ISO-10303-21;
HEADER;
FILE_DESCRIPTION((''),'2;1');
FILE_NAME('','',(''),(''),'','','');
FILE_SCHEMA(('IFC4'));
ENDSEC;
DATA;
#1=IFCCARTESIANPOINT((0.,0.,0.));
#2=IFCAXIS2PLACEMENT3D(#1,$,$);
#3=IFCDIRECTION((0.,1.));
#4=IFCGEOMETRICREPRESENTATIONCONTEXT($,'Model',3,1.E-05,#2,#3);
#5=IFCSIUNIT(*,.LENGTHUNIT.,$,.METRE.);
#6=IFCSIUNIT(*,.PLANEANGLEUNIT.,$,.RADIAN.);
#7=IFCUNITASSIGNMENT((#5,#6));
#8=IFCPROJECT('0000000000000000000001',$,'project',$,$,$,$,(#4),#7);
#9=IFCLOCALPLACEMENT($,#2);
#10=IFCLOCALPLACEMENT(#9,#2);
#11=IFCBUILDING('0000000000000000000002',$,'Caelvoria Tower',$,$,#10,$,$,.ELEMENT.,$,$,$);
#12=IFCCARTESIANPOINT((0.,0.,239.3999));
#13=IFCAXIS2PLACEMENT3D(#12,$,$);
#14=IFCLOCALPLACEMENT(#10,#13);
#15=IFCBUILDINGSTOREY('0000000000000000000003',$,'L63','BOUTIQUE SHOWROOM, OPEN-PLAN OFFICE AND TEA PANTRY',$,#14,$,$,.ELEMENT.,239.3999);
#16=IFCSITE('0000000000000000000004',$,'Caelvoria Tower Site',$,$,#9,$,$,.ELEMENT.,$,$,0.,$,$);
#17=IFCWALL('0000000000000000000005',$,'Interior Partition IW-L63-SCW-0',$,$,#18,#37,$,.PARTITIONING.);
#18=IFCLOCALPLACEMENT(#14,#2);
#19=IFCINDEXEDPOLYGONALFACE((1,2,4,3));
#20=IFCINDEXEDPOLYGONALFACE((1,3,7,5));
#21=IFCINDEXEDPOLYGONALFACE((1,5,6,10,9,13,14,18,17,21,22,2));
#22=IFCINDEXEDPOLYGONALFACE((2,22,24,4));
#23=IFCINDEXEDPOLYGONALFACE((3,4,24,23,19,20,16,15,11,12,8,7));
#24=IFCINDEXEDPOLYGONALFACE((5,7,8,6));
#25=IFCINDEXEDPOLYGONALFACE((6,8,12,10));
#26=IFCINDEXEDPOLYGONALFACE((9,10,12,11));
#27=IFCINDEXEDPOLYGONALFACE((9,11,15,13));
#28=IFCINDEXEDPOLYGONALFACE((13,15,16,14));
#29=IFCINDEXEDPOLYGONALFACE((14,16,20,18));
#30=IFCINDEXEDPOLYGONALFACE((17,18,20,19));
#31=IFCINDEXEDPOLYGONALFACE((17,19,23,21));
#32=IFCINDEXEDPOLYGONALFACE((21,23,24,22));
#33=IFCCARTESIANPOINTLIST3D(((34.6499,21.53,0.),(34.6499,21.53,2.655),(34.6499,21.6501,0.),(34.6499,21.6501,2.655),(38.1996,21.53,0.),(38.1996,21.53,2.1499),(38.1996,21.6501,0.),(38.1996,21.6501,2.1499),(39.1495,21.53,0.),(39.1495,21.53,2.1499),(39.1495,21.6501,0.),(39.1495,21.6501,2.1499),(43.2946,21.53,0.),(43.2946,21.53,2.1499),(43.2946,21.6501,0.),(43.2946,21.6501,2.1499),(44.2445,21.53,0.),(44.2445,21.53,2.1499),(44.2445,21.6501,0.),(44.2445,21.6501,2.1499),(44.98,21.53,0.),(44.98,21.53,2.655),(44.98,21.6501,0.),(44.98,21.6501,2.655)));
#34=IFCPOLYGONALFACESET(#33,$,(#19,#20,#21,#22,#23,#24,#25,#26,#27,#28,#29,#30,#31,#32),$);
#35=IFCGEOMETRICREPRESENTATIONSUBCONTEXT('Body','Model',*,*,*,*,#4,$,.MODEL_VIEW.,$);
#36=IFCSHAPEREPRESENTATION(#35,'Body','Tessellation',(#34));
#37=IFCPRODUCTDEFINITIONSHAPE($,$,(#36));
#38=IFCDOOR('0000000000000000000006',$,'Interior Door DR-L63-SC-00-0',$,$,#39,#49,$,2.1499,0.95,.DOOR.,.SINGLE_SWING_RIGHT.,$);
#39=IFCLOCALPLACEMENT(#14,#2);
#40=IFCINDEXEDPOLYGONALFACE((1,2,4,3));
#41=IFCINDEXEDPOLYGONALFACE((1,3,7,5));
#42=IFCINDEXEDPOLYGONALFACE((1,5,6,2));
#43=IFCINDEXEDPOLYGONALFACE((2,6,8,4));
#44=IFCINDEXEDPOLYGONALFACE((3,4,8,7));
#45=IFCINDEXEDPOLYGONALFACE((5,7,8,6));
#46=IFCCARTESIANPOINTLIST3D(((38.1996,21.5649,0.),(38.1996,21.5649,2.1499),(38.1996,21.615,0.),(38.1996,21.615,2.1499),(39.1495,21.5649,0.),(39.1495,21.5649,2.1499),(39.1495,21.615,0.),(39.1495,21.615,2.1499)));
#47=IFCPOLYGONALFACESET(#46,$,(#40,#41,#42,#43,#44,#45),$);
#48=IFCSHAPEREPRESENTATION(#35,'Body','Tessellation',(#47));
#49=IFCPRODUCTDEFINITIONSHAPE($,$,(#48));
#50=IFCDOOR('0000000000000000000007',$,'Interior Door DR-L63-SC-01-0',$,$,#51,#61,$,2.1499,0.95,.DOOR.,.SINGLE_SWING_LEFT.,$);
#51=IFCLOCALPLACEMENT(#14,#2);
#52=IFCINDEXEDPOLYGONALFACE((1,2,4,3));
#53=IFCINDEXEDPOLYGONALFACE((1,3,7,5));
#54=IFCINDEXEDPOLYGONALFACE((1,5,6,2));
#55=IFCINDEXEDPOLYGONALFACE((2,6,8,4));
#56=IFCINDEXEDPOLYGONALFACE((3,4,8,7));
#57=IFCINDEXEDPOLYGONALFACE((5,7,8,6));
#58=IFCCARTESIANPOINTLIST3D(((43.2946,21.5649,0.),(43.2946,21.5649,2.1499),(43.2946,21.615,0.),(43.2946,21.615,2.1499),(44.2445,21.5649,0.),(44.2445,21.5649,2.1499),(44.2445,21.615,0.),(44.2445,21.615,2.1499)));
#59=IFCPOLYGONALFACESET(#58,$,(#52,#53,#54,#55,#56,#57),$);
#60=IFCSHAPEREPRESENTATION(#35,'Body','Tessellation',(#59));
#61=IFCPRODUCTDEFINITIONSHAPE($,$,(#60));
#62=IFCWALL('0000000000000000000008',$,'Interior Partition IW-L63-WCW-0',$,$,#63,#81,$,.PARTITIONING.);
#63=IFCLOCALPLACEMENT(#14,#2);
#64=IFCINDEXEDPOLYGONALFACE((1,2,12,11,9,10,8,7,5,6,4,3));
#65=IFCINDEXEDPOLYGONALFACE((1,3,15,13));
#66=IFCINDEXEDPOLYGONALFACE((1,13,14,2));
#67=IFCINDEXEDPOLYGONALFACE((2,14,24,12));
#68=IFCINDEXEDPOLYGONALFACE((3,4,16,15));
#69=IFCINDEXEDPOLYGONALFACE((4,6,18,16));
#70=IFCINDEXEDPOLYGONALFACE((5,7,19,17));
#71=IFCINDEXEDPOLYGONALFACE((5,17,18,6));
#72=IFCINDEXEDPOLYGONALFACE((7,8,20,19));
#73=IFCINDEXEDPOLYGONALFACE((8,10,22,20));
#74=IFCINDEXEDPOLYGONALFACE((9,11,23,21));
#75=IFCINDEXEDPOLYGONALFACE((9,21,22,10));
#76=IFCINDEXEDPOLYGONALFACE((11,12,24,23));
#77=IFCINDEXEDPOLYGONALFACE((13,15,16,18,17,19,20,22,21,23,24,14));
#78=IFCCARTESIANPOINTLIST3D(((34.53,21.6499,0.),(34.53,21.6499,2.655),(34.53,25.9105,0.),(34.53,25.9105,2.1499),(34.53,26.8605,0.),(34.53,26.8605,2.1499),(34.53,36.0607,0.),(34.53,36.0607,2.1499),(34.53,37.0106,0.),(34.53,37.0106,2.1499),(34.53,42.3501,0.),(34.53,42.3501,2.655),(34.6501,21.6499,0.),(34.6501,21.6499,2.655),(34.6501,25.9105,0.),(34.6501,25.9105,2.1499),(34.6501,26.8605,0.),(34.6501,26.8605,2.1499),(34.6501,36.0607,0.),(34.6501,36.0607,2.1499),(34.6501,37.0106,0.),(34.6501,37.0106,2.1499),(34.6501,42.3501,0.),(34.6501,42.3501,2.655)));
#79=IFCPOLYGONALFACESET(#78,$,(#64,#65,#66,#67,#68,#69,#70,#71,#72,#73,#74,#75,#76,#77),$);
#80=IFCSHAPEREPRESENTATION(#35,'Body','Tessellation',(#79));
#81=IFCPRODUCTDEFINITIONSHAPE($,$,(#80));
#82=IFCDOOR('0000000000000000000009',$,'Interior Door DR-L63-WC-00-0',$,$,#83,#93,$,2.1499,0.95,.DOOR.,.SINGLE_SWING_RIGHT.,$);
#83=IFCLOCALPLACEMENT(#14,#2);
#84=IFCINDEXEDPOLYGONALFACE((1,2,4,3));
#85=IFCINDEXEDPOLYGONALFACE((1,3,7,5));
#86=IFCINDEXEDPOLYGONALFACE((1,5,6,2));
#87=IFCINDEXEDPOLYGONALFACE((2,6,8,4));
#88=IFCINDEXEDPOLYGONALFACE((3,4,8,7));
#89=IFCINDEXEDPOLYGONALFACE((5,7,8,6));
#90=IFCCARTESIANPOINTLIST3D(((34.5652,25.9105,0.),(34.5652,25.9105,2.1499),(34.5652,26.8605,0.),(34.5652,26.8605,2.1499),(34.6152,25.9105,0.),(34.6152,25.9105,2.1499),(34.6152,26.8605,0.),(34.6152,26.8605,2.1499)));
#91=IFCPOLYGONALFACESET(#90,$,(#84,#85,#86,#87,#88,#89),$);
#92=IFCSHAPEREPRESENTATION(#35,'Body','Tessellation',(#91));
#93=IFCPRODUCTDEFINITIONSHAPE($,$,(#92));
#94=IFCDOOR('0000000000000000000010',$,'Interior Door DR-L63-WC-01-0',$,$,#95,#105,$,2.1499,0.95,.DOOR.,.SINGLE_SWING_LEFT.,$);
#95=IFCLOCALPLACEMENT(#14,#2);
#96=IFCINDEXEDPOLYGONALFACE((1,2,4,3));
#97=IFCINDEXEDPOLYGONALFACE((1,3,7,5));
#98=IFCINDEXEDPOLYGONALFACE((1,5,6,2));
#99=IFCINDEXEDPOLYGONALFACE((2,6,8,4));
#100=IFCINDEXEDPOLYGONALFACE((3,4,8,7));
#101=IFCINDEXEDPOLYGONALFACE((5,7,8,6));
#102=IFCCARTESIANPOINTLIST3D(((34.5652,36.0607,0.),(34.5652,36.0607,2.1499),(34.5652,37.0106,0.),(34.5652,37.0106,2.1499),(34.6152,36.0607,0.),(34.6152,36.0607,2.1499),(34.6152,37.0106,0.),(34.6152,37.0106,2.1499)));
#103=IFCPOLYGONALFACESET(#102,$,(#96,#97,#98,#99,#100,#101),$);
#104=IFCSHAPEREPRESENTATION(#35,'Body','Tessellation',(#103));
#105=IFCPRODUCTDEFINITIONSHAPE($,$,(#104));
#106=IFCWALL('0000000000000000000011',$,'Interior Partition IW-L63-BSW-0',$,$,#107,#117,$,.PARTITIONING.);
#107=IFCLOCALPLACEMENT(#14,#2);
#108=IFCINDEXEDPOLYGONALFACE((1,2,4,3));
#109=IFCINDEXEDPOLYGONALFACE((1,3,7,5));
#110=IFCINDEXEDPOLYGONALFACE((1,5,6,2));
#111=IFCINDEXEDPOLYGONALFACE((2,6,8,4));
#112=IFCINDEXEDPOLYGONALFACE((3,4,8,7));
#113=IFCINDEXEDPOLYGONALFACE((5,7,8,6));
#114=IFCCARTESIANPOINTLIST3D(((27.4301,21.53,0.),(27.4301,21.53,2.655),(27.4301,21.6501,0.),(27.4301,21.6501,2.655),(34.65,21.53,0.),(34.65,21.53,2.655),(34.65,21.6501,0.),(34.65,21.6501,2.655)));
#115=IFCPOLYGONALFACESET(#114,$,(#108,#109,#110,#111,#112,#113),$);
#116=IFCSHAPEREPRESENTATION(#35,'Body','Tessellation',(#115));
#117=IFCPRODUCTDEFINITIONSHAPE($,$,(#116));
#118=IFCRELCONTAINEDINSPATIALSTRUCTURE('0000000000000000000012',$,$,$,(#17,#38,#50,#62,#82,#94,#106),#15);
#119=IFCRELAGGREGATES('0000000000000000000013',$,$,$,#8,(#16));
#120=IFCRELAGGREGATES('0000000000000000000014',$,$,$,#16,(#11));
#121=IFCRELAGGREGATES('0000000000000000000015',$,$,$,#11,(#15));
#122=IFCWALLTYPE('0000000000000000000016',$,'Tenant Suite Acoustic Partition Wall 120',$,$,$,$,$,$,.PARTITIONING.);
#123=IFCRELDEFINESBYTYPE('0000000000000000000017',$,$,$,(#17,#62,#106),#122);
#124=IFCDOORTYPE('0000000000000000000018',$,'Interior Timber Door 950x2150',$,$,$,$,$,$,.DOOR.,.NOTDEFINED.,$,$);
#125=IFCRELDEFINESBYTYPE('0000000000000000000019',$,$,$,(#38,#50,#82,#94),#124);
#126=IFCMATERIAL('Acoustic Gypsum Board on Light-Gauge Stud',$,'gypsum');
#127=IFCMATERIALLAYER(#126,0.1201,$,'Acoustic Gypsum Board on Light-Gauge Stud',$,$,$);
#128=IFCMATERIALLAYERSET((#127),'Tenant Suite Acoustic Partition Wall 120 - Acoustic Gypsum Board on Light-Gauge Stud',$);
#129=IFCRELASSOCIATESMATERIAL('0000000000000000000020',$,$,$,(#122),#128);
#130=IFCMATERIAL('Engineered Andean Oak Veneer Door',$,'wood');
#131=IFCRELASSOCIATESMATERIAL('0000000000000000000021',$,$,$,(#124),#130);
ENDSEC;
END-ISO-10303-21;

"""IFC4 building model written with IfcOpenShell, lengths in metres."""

from ifc_helpers import new_model, si_unit, direction, frame, frame_2d, origin, place, context, subcontext, project, spatial, rectangle, extrude, material, layer, layer_set, type_object, element, fill, save


model = new_model("IFC4")

# Units and contexts
model_context = context("Model", 3, precision=1e-05, world=origin(), true_north=direction((0.0, 1.0)))
body_context = subcontext(model_context, "Body", "Model", "MODEL_VIEW")
ifc_project = project(units=[si_unit("LENGTHUNIT", "METRE"), si_unit("PLANEANGLEUNIT", "RADIAN")], contexts=[model_context])

# Site, building, storey
site_placement = place(None, origin())
site = spatial("IfcSite", under=ifc_project, at=site_placement, Name="Caelvoria Tower Site", CompositionType="ELEMENT", RefElevation=0.0)
building_placement = place(site_placement, origin())
building = spatial("IfcBuilding", under=site, at=building_placement, Name="Caelvoria Tower", CompositionType="ELEMENT")
storey_placement = place(building_placement, frame((0.0, 0.0, 239.3999)))
storey = spatial("IfcBuildingStorey", under=building, at=storey_placement, Name="L63", Description="BOUTIQUE SHOWROOM, OPEN-PLAN OFFICE AND TEA PANTRY", CompositionType="ELEMENT", Elevation=239.3999)

# Shared definitions
ifc_material_1 = material(Name="Acoustic Gypsum Board on Light-Gauge Stud", Category="gypsum")
ifc_layer_1 = layer(ifc_material_1, 0.1201, Name="Acoustic Gypsum Board on Light-Gauge Stud")
ifc_layer_set_1 = layer_set([ifc_layer_1], Name="Tenant Suite Acoustic Partition Wall 120 - Acoustic Gypsum Board on Light-Gauge Stud")
wall_type = type_object("IfcWallType", Name="Tenant Suite Acoustic Partition Wall 120", PredefinedType="PARTITIONING", material=ifc_layer_set_1)
ifc_material_2 = material(Name="Engineered Andean Oak Veneer Door", Category="wood")

# Walls, openings, doors
wall_1_placement = place(storey_placement, frame((34.6499, 21.5901, 0.0), z_axis=(0.0, 0.0, 1.0), x_axis=(1.0, 0.0, 0.0)))
wall_1 = element("IfcWall", 1, at=wall_1_placement, inside=storey, type_object=wall_type, Name="Interior Partition IW-L63-SCW-0", PredefinedType="PARTITIONING", context=body_context, shape_type="SweptSolid", body=[
    extrude(rectangle(XDim=10.3301, YDim=0.1201, at=frame_2d((5.165, 0.0))), origin(), (0.0, 0.0, 1.0), 2.655),
])
opening_1_placement = place(wall_1_placement, frame((3.5496, 0.0, 0.0)))
opening_1 = element("IfcOpeningElement", 2, at=opening_1_placement, cuts=wall_1, PredefinedType="OPENING", context=body_context, shape_type="SweptSolid", body=[
    extrude(rectangle(XDim=0.95, YDim=2.1499, at=frame_2d((0.4751, 1.075))), frame((0.0, 0.0701, 0.0), z_axis=(0.0, -1.0, 0.0), x_axis=(1.0, 0.0, 0.0)), (0.0, 0.0, 1.0), 0.1401),
])
opening_2_placement = place(wall_1_placement, frame((8.6445, 0.0, 0.0)))
opening_2 = element("IfcOpeningElement", 3, at=opening_2_placement, cuts=wall_1, PredefinedType="OPENING", context=body_context, shape_type="SweptSolid", body=[
    extrude(rectangle(XDim=0.95, YDim=2.1499, at=frame_2d((0.4751, 1.075))), frame((0.0, 0.0701, 0.0), z_axis=(0.0, -1.0, 0.0), x_axis=(1.0, 0.0, 0.0)), (0.0, 0.0, 1.0), 0.1401),
])
door_type_1 = type_object("IfcDoorType", Name="Interior Timber Door 950x2150", OperationType="NOTDEFINED", PredefinedType="DOOR", material=ifc_material_2)
door_1_placement = place(opening_1_placement, origin())
door_1 = element("IfcDoor", 4, at=door_1_placement, inside=storey, type_object=door_type_1, Name="Interior Door DR-L63-SC-00-0", OperationType="SINGLE_SWING_RIGHT", OverallHeight=2.1499, OverallWidth=0.95, PredefinedType="DOOR", context=body_context, shape_type="SweptSolid", body=[
    extrude(rectangle(XDim=0.95, YDim=2.1499, at=frame_2d((0.4751, 1.075))), frame((0.0, 0.0249, 0.0), z_axis=(0.0, -1.0, 0.0), x_axis=(1.0, 0.0, 0.0)), (0.0, 0.0, 1.0), 0.05),
])
fill(opening_1, door_1)
door_2_placement = place(opening_2_placement, origin())
door_2 = element("IfcDoor", 5, at=door_2_placement, inside=storey, type_object=door_type_1, Name="Interior Door DR-L63-SC-01-0", OperationType="SINGLE_SWING_LEFT", OverallHeight=2.1499, OverallWidth=0.95, PredefinedType="DOOR", context=body_context, shape_type="SweptSolid", body=[
    extrude(rectangle(XDim=0.95, YDim=2.1499, at=frame_2d((0.4751, 1.075))), frame((0.0, 0.0249, 0.0), z_axis=(0.0, -1.0, 0.0), x_axis=(1.0, 0.0, 0.0)), (0.0, 0.0, 1.0), 0.05),
])
fill(opening_2, door_2)
wall_2_placement = place(storey_placement, frame((34.5901, 21.6499, 0.0), z_axis=(0.0, 0.0, 1.0), x_axis=(0.0, 1.0, 0.0)))
wall_2 = element("IfcWall", 6, at=wall_2_placement, inside=storey, type_object=wall_type, Name="Interior Partition IW-L63-WCW-0", PredefinedType="PARTITIONING", context=body_context, shape_type="SweptSolid", body=[
    extrude(rectangle(XDim=20.7002, YDim=0.1201, at=frame_2d((10.3501, 0.0))), origin(), (0.0, 0.0, 1.0), 2.655),
])
opening_3_placement = place(wall_2_placement, frame((4.2605, 0.0, 0.0)))
opening_3 = element("IfcOpeningElement", 7, at=opening_3_placement, cuts=wall_2, PredefinedType="OPENING", context=body_context, shape_type="SweptSolid", body=[
    extrude(rectangle(XDim=0.95, YDim=2.1499, at=frame_2d((0.4751, 1.075))), frame((0.0, 0.0701, 0.0), z_axis=(0.0, -1.0, 0.0), x_axis=(1.0, 0.0, 0.0)), (0.0, 0.0, 1.0), 0.1401),
])
opening_4_placement = place(wall_2_placement, frame((14.4106, 0.0, 0.0)))
opening_4 = element("IfcOpeningElement", 8, at=opening_4_placement, cuts=wall_2, PredefinedType="OPENING", context=body_context, shape_type="SweptSolid", body=[
    extrude(rectangle(XDim=0.95, YDim=2.1499, at=frame_2d((0.4751, 1.075))), frame((0.0, 0.0701, 0.0), z_axis=(0.0, -1.0, 0.0), x_axis=(1.0, 0.0, 0.0)), (0.0, 0.0, 1.0), 0.1401),
])
door_3_placement = place(opening_3_placement, origin())
door_3 = element("IfcDoor", 9, at=door_3_placement, inside=storey, type_object=door_type_1, Name="Interior Door DR-L63-WC-00-0", OperationType="SINGLE_SWING_RIGHT", OverallHeight=2.1499, OverallWidth=0.95, PredefinedType="DOOR", context=body_context, shape_type="SweptSolid", body=[
    extrude(rectangle(XDim=0.95, YDim=2.1499, at=frame_2d((0.4751, 1.075))), frame((0.0, 0.0249, 0.0), z_axis=(0.0, -1.0, 0.0), x_axis=(1.0, 0.0, 0.0)), (0.0, 0.0, 1.0), 0.05),
])
fill(opening_3, door_3)
door_4_placement = place(opening_4_placement, origin())
door_4 = element("IfcDoor", 10, at=door_4_placement, inside=storey, type_object=door_type_1, Name="Interior Door DR-L63-WC-01-0", OperationType="SINGLE_SWING_LEFT", OverallHeight=2.1499, OverallWidth=0.95, PredefinedType="DOOR", context=body_context, shape_type="SweptSolid", body=[
    extrude(rectangle(XDim=0.95, YDim=2.1499, at=frame_2d((0.4751, 1.075))), frame((0.0, 0.0249, 0.0), z_axis=(0.0, -1.0, 0.0), x_axis=(1.0, 0.0, 0.0)), (0.0, 0.0, 1.0), 0.05),
])
fill(opening_4, door_4)

# Wall
wall_3_placement = place(storey_placement, frame((34.6499, 21.5901, 0.0), z_axis=(0.0, 0.0, 1.0), x_axis=(-1.0, 0.0, 0.0)))
element("IfcWall", 11, at=wall_3_placement, inside=storey, type_object=wall_type, Name="Interior Partition IW-L63-BSW-0", PredefinedType="PARTITIONING", context=body_context, shape_type="SweptSolid", body=[
    extrude(rectangle(XDim=7.22, YDim=0.1201, at=frame_2d((3.6099, 0.0))), origin(), (0.0, 0.0, 1.0), 2.655),
])

save(model, "model.ifc")
